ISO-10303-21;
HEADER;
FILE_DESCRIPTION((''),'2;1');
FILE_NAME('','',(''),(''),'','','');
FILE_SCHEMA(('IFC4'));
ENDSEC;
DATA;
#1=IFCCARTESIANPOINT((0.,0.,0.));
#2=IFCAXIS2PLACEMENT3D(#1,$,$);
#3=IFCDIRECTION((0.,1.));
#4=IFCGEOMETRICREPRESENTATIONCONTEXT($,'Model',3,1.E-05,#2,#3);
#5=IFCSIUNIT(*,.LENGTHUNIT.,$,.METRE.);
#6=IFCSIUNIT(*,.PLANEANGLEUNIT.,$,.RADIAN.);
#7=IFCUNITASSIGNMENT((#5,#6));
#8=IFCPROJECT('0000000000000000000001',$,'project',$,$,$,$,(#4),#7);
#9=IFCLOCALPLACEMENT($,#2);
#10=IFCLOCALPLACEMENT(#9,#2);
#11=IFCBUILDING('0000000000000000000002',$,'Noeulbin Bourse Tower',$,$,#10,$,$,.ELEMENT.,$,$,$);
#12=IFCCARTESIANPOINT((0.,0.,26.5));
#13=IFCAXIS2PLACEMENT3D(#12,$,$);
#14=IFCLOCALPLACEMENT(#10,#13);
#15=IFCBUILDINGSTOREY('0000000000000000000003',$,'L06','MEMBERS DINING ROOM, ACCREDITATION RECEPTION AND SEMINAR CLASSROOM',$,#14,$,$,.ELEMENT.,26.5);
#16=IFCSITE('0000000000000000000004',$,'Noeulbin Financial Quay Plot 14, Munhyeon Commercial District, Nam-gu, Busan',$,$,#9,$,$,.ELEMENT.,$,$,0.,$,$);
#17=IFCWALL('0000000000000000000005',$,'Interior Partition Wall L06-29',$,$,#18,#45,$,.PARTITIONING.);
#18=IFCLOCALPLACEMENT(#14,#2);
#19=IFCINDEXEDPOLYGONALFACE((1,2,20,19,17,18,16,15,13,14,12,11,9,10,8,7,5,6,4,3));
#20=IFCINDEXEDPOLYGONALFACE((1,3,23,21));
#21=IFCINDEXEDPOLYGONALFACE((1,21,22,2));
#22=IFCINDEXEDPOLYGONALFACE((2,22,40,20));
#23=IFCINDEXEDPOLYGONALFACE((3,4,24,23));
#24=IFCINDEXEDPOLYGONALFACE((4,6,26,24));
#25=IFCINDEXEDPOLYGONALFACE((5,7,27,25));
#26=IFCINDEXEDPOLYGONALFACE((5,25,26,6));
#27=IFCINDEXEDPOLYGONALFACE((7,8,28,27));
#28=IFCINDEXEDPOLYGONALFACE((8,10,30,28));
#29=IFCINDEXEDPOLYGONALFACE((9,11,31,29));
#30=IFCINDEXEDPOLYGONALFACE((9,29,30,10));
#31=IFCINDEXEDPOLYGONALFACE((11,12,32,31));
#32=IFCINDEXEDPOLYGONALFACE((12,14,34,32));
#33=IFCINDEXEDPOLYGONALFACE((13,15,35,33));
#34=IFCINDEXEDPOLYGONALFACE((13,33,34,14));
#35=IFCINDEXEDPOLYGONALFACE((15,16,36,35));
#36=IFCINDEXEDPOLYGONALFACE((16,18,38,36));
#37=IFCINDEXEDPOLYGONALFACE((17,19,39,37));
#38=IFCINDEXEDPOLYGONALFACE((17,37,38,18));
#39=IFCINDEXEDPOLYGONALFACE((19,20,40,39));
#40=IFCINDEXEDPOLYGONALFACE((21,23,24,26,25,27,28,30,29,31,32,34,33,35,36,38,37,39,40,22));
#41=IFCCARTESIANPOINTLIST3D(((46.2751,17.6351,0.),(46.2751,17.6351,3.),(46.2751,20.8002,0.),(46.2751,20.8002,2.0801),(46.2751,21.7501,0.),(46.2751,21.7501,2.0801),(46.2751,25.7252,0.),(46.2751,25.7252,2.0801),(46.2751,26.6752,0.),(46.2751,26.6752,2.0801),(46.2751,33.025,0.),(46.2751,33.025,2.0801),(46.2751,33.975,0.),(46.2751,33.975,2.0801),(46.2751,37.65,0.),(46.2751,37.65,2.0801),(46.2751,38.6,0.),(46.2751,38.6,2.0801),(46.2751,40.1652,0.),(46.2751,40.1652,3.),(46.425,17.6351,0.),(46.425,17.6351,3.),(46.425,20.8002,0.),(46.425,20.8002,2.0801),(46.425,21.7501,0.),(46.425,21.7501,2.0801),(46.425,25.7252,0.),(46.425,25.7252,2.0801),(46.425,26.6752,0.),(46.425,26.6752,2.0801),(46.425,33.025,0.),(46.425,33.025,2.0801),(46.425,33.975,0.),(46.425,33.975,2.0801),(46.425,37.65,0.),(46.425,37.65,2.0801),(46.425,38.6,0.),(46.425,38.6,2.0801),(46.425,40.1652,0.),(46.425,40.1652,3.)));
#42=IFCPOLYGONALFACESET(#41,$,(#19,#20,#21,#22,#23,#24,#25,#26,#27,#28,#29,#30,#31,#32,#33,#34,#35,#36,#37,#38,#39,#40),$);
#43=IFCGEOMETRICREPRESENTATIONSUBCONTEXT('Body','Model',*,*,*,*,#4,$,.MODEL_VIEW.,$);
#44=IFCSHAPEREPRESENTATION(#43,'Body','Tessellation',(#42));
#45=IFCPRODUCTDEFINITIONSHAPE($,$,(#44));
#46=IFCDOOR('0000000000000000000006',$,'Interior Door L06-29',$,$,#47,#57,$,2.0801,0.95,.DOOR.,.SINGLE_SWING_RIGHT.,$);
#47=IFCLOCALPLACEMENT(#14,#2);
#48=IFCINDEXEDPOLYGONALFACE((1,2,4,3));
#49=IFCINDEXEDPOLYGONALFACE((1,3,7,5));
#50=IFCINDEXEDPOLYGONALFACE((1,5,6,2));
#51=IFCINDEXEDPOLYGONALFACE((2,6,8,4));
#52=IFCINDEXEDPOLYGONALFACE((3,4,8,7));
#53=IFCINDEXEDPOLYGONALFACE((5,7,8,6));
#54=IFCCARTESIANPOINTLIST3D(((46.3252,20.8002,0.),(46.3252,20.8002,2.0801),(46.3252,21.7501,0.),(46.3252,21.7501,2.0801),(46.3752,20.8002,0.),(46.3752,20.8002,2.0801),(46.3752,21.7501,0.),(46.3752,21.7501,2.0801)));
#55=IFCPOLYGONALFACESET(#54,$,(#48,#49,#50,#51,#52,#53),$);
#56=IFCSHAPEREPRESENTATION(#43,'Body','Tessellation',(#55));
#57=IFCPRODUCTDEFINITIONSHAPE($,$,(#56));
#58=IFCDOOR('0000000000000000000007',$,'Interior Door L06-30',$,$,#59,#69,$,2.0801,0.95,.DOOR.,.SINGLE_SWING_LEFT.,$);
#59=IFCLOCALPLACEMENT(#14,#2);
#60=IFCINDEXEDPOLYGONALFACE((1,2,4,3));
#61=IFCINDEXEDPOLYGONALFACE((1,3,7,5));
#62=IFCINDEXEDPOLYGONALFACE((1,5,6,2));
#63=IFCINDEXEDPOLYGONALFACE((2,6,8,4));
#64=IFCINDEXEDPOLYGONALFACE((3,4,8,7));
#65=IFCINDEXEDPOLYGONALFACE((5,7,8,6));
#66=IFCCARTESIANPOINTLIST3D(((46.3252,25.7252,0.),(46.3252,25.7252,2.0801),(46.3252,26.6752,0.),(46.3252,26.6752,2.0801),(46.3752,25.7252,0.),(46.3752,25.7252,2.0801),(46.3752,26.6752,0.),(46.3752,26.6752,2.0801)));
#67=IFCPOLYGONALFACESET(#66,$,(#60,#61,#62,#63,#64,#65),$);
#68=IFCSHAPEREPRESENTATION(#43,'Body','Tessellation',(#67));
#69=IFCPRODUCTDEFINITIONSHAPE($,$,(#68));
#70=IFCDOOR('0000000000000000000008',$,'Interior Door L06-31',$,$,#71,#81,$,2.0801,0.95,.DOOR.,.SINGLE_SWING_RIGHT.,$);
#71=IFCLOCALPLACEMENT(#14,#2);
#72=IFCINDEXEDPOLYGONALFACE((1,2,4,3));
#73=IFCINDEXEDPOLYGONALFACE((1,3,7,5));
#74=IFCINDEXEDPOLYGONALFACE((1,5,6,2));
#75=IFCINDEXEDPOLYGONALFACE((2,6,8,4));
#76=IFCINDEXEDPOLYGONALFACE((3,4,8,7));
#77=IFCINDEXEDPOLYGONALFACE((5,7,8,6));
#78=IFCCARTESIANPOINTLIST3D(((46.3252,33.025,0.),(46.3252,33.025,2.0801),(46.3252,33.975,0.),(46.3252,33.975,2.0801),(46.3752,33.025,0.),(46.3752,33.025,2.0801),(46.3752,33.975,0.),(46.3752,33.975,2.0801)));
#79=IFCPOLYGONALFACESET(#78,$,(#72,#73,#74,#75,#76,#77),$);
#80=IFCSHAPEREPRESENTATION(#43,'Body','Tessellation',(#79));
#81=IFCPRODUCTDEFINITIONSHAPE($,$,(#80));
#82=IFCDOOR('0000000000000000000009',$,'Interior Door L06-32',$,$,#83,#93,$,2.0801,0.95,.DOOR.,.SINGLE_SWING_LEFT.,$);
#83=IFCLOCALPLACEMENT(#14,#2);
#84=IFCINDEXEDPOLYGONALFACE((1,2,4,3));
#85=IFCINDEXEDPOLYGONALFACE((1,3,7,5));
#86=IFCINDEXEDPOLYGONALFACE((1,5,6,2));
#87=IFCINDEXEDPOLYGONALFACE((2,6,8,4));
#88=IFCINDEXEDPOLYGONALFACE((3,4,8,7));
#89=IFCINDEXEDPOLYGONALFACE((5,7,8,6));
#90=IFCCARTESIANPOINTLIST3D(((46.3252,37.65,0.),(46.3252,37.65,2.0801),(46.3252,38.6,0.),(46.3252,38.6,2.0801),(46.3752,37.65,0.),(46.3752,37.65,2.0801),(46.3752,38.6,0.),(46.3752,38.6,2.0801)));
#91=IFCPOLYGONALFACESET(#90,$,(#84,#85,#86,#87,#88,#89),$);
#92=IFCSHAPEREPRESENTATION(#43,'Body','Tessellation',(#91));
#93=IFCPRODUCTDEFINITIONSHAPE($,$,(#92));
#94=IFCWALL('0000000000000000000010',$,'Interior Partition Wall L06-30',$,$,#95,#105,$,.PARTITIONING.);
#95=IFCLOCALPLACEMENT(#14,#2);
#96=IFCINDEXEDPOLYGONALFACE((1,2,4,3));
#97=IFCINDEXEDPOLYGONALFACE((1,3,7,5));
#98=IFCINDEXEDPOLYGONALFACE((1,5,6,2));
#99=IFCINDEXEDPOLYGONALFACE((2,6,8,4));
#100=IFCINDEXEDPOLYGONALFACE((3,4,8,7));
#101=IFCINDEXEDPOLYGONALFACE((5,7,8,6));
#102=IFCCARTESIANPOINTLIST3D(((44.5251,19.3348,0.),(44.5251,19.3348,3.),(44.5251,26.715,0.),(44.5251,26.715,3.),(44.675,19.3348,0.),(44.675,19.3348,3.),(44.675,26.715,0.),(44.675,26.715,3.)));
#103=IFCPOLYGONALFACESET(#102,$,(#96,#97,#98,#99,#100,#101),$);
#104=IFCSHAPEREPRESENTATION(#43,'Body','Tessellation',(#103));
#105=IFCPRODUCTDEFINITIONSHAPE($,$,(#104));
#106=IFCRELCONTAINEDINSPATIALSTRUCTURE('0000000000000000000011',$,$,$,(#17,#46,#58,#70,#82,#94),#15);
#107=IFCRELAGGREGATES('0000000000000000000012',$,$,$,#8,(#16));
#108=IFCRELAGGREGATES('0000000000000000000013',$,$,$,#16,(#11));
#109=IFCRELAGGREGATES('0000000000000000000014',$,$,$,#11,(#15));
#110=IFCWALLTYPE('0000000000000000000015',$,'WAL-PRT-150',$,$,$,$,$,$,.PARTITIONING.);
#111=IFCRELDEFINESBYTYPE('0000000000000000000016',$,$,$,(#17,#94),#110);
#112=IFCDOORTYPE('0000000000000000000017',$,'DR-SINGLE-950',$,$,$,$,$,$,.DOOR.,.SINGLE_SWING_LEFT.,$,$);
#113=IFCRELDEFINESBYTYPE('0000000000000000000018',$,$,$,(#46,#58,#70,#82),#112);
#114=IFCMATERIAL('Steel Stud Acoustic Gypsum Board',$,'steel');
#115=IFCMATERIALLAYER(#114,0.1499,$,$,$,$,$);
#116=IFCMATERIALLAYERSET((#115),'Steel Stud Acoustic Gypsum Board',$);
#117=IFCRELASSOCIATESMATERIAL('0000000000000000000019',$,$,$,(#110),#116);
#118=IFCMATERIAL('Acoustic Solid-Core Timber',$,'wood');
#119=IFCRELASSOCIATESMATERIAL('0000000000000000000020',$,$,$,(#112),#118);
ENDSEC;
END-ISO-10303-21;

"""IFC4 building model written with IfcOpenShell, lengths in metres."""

from ifc_helpers import new_model, si_unit, direction, frame, frame_2d, origin, place, context, subcontext, project, spatial, rectangle, extrude, material, layer, layer_set, type_object, element, fill, save


model = new_model("IFC4")

# Units and contexts
model_context = context("Model", 3, precision=1e-05, world=origin(), true_north=direction((0.0, 1.0)))
body_context = subcontext(model_context, "Body", "Model", "MODEL_VIEW")
ifc_project = project(units=[si_unit("LENGTHUNIT", "METRE"), si_unit("PLANEANGLEUNIT", "RADIAN")], contexts=[model_context])

# Site, building, storey
site_placement = place(None, origin())
site = spatial("IfcSite", under=ifc_project, at=site_placement, Name="Noeulbin Financial Quay Plot 14, Munhyeon Commercial District, Nam-gu, Busan", CompositionType="ELEMENT", RefElevation=0.0)
building_placement = place(site_placement, origin())
building = spatial("IfcBuilding", under=site, at=building_placement, Name="Noeulbin Bourse Tower", CompositionType="ELEMENT")
storey_placement = place(building_placement, frame((0.0, 0.0, 26.5)))
storey = spatial("IfcBuildingStorey", under=building, at=storey_placement, Name="L06", Description="MEMBERS DINING ROOM, ACCREDITATION RECEPTION AND SEMINAR CLASSROOM", CompositionType="ELEMENT", Elevation=26.5)

# Wall, openings, doors
ifc_material_1 = material(Name="Steel Stud Acoustic Gypsum Board", Category="steel")
ifc_layer_1 = layer(ifc_material_1, 0.1499)
ifc_layer_set_1 = layer_set([ifc_layer_1], Name="Steel Stud Acoustic Gypsum Board")
wall_type_1 = type_object("IfcWallType", Name="WAL-PRT-150", PredefinedType="PARTITIONING", material=ifc_layer_set_1)
wall_1_placement = place(storey_placement, frame((46.3501, 17.635, 0.0), z_axis=(0.0, 0.0, 1.0), x_axis=(0.0, 1.0, 0.0)))
wall_1 = element("IfcWall", 1, at=wall_1_placement, inside=storey, type_object=wall_type_1, Name="Interior Partition Wall L06-29", PredefinedType="PARTITIONING", context=body_context, shape_type="SweptSolid", body=[
    extrude(rectangle(XDim=22.53, YDim=0.1499, at=frame_2d((11.2651, 0.0))), origin(), (0.0, 0.0, 1.0), 3.0),
])
opening_1_placement = place(wall_1_placement, frame((3.165, 0.0, 0.0)))
opening_1 = element("IfcOpeningElement", 2, at=opening_1_placement, cuts=wall_1, PredefinedType="OPENING", context=body_context, shape_type="SweptSolid", body=[
    extrude(rectangle(XDim=0.95, YDim=2.0801, at=frame_2d((0.4751, 1.04))), frame((0.0, 0.085, 0.0), z_axis=(0.0, -1.0, 0.0), x_axis=(1.0, 0.0, 0.0)), (0.0, 0.0, 1.0), 0.1699),
])
opening_2_placement = place(wall_1_placement, frame((8.0901, 0.0, 0.0)))
opening_2 = element("IfcOpeningElement", 3, at=opening_2_placement, cuts=wall_1, PredefinedType="OPENING", context=body_context, shape_type="SweptSolid", body=[
    extrude(rectangle(XDim=0.95, YDim=2.0801, at=frame_2d((0.4751, 1.04))), frame((0.0, 0.085, 0.0), z_axis=(0.0, -1.0, 0.0), x_axis=(1.0, 0.0, 0.0)), (0.0, 0.0, 1.0), 0.1699),
])
opening_3_placement = place(wall_1_placement, frame((15.3899, 0.0, 0.0)))
opening_3 = element("IfcOpeningElement", 4, at=opening_3_placement, cuts=wall_1, PredefinedType="OPENING", context=body_context, shape_type="SweptSolid", body=[
    extrude(rectangle(XDim=0.95, YDim=2.0801, at=frame_2d((0.4751, 1.04))), frame((0.0, 0.085, 0.0), z_axis=(0.0, -1.0, 0.0), x_axis=(1.0, 0.0, 0.0)), (0.0, 0.0, 1.0), 0.1699),
])
opening_4_placement = place(wall_1_placement, frame((20.0149, 0.0, 0.0)))
opening_4 = element("IfcOpeningElement", 5, at=opening_4_placement, cuts=wall_1, PredefinedType="OPENING", context=body_context, shape_type="SweptSolid", body=[
    extrude(rectangle(XDim=0.95, YDim=2.0801, at=frame_2d((0.4751, 1.04))), frame((0.0, 0.085, 0.0), z_axis=(0.0, -1.0, 0.0), x_axis=(1.0, 0.0, 0.0)), (0.0, 0.0, 1.0), 0.1699),
])
ifc_material_2 = material(Name="Acoustic Solid-Core Timber", Category="wood")
door_type = type_object("IfcDoorType", Name="DR-SINGLE-950", OperationType="SINGLE_SWING_LEFT", PredefinedType="DOOR", material=ifc_material_2)
door_1_placement = place(opening_1_placement, origin())
door_1 = element("IfcDoor", 6, at=door_1_placement, inside=storey, type_object=door_type, Name="Interior Door L06-29", OperationType="SINGLE_SWING_RIGHT", OverallHeight=2.0801, OverallWidth=0.95, PredefinedType="DOOR", context=body_context, shape_type="SweptSolid", body=[
    extrude(rectangle(XDim=0.95, YDim=2.0801, at=frame_2d((0.4751, 1.04))), frame((0.0, 0.0249, 0.0), z_axis=(0.0, -1.0, 0.0), x_axis=(1.0, 0.0, 0.0)), (0.0, 0.0, 1.0), 0.05),
])
fill(opening_1, door_1)
door_2_placement = place(opening_2_placement, origin())
door_2 = element("IfcDoor", 7, at=door_2_placement, inside=storey, type_object=door_type, Name="Interior Door L06-30", OperationType="SINGLE_SWING_LEFT", OverallHeight=2.0801, OverallWidth=0.95, PredefinedType="DOOR", context=body_context, shape_type="SweptSolid", body=[
    extrude(rectangle(XDim=0.95, YDim=2.0801, at=frame_2d((0.4751, 1.04))), frame((0.0, 0.0249, 0.0), z_axis=(0.0, -1.0, 0.0), x_axis=(1.0, 0.0, 0.0)), (0.0, 0.0, 1.0), 0.05),
])
fill(opening_2, door_2)
door_3_placement = place(opening_3_placement, origin())
door_3 = element("IfcDoor", 8, at=door_3_placement, inside=storey, type_object=door_type, Name="Interior Door L06-31", OperationType="SINGLE_SWING_RIGHT", OverallHeight=2.0801, OverallWidth=0.95, PredefinedType="DOOR", context=body_context, shape_type="SweptSolid", body=[
    extrude(rectangle(XDim=0.95, YDim=2.0801, at=frame_2d((0.4751, 1.04))), frame((0.0, 0.0249, 0.0), z_axis=(0.0, -1.0, 0.0), x_axis=(1.0, 0.0, 0.0)), (0.0, 0.0, 1.0), 0.05),
])
fill(opening_3, door_3)
door_4_placement = place(opening_4_placement, origin())
door_4 = element("IfcDoor", 9, at=door_4_placement, inside=storey, type_object=door_type, Name="Interior Door L06-32", OperationType="SINGLE_SWING_LEFT", OverallHeight=2.0801, OverallWidth=0.95, PredefinedType="DOOR", context=body_context, shape_type="SweptSolid", body=[
    extrude(rectangle(XDim=0.95, YDim=2.0801, at=frame_2d((0.4751, 1.04))), frame((0.0, 0.0249, 0.0), z_axis=(0.0, -1.0, 0.0), x_axis=(1.0, 0.0, 0.0)), (0.0, 0.0, 1.0), 0.05),
])
fill(opening_4, door_4)

# Wall
wall_2_placement = place(storey_placement, frame((44.6001, 19.335, 0.0), z_axis=(0.0, 0.0, 1.0), x_axis=(0.0, 1.0, 0.0)))
element("IfcWall", 10, at=wall_2_placement, inside=storey, type_object=wall_type_1, Name="Interior Partition Wall L06-30", PredefinedType="PARTITIONING", context=body_context, shape_type="SweptSolid", body=[
    extrude(rectangle(XDim=7.3801, YDim=0.1499, at=frame_2d((3.6899, 0.0))), origin(), (0.0, 0.0, 1.0), 3.0),
])

save(model, "model.ifc")
